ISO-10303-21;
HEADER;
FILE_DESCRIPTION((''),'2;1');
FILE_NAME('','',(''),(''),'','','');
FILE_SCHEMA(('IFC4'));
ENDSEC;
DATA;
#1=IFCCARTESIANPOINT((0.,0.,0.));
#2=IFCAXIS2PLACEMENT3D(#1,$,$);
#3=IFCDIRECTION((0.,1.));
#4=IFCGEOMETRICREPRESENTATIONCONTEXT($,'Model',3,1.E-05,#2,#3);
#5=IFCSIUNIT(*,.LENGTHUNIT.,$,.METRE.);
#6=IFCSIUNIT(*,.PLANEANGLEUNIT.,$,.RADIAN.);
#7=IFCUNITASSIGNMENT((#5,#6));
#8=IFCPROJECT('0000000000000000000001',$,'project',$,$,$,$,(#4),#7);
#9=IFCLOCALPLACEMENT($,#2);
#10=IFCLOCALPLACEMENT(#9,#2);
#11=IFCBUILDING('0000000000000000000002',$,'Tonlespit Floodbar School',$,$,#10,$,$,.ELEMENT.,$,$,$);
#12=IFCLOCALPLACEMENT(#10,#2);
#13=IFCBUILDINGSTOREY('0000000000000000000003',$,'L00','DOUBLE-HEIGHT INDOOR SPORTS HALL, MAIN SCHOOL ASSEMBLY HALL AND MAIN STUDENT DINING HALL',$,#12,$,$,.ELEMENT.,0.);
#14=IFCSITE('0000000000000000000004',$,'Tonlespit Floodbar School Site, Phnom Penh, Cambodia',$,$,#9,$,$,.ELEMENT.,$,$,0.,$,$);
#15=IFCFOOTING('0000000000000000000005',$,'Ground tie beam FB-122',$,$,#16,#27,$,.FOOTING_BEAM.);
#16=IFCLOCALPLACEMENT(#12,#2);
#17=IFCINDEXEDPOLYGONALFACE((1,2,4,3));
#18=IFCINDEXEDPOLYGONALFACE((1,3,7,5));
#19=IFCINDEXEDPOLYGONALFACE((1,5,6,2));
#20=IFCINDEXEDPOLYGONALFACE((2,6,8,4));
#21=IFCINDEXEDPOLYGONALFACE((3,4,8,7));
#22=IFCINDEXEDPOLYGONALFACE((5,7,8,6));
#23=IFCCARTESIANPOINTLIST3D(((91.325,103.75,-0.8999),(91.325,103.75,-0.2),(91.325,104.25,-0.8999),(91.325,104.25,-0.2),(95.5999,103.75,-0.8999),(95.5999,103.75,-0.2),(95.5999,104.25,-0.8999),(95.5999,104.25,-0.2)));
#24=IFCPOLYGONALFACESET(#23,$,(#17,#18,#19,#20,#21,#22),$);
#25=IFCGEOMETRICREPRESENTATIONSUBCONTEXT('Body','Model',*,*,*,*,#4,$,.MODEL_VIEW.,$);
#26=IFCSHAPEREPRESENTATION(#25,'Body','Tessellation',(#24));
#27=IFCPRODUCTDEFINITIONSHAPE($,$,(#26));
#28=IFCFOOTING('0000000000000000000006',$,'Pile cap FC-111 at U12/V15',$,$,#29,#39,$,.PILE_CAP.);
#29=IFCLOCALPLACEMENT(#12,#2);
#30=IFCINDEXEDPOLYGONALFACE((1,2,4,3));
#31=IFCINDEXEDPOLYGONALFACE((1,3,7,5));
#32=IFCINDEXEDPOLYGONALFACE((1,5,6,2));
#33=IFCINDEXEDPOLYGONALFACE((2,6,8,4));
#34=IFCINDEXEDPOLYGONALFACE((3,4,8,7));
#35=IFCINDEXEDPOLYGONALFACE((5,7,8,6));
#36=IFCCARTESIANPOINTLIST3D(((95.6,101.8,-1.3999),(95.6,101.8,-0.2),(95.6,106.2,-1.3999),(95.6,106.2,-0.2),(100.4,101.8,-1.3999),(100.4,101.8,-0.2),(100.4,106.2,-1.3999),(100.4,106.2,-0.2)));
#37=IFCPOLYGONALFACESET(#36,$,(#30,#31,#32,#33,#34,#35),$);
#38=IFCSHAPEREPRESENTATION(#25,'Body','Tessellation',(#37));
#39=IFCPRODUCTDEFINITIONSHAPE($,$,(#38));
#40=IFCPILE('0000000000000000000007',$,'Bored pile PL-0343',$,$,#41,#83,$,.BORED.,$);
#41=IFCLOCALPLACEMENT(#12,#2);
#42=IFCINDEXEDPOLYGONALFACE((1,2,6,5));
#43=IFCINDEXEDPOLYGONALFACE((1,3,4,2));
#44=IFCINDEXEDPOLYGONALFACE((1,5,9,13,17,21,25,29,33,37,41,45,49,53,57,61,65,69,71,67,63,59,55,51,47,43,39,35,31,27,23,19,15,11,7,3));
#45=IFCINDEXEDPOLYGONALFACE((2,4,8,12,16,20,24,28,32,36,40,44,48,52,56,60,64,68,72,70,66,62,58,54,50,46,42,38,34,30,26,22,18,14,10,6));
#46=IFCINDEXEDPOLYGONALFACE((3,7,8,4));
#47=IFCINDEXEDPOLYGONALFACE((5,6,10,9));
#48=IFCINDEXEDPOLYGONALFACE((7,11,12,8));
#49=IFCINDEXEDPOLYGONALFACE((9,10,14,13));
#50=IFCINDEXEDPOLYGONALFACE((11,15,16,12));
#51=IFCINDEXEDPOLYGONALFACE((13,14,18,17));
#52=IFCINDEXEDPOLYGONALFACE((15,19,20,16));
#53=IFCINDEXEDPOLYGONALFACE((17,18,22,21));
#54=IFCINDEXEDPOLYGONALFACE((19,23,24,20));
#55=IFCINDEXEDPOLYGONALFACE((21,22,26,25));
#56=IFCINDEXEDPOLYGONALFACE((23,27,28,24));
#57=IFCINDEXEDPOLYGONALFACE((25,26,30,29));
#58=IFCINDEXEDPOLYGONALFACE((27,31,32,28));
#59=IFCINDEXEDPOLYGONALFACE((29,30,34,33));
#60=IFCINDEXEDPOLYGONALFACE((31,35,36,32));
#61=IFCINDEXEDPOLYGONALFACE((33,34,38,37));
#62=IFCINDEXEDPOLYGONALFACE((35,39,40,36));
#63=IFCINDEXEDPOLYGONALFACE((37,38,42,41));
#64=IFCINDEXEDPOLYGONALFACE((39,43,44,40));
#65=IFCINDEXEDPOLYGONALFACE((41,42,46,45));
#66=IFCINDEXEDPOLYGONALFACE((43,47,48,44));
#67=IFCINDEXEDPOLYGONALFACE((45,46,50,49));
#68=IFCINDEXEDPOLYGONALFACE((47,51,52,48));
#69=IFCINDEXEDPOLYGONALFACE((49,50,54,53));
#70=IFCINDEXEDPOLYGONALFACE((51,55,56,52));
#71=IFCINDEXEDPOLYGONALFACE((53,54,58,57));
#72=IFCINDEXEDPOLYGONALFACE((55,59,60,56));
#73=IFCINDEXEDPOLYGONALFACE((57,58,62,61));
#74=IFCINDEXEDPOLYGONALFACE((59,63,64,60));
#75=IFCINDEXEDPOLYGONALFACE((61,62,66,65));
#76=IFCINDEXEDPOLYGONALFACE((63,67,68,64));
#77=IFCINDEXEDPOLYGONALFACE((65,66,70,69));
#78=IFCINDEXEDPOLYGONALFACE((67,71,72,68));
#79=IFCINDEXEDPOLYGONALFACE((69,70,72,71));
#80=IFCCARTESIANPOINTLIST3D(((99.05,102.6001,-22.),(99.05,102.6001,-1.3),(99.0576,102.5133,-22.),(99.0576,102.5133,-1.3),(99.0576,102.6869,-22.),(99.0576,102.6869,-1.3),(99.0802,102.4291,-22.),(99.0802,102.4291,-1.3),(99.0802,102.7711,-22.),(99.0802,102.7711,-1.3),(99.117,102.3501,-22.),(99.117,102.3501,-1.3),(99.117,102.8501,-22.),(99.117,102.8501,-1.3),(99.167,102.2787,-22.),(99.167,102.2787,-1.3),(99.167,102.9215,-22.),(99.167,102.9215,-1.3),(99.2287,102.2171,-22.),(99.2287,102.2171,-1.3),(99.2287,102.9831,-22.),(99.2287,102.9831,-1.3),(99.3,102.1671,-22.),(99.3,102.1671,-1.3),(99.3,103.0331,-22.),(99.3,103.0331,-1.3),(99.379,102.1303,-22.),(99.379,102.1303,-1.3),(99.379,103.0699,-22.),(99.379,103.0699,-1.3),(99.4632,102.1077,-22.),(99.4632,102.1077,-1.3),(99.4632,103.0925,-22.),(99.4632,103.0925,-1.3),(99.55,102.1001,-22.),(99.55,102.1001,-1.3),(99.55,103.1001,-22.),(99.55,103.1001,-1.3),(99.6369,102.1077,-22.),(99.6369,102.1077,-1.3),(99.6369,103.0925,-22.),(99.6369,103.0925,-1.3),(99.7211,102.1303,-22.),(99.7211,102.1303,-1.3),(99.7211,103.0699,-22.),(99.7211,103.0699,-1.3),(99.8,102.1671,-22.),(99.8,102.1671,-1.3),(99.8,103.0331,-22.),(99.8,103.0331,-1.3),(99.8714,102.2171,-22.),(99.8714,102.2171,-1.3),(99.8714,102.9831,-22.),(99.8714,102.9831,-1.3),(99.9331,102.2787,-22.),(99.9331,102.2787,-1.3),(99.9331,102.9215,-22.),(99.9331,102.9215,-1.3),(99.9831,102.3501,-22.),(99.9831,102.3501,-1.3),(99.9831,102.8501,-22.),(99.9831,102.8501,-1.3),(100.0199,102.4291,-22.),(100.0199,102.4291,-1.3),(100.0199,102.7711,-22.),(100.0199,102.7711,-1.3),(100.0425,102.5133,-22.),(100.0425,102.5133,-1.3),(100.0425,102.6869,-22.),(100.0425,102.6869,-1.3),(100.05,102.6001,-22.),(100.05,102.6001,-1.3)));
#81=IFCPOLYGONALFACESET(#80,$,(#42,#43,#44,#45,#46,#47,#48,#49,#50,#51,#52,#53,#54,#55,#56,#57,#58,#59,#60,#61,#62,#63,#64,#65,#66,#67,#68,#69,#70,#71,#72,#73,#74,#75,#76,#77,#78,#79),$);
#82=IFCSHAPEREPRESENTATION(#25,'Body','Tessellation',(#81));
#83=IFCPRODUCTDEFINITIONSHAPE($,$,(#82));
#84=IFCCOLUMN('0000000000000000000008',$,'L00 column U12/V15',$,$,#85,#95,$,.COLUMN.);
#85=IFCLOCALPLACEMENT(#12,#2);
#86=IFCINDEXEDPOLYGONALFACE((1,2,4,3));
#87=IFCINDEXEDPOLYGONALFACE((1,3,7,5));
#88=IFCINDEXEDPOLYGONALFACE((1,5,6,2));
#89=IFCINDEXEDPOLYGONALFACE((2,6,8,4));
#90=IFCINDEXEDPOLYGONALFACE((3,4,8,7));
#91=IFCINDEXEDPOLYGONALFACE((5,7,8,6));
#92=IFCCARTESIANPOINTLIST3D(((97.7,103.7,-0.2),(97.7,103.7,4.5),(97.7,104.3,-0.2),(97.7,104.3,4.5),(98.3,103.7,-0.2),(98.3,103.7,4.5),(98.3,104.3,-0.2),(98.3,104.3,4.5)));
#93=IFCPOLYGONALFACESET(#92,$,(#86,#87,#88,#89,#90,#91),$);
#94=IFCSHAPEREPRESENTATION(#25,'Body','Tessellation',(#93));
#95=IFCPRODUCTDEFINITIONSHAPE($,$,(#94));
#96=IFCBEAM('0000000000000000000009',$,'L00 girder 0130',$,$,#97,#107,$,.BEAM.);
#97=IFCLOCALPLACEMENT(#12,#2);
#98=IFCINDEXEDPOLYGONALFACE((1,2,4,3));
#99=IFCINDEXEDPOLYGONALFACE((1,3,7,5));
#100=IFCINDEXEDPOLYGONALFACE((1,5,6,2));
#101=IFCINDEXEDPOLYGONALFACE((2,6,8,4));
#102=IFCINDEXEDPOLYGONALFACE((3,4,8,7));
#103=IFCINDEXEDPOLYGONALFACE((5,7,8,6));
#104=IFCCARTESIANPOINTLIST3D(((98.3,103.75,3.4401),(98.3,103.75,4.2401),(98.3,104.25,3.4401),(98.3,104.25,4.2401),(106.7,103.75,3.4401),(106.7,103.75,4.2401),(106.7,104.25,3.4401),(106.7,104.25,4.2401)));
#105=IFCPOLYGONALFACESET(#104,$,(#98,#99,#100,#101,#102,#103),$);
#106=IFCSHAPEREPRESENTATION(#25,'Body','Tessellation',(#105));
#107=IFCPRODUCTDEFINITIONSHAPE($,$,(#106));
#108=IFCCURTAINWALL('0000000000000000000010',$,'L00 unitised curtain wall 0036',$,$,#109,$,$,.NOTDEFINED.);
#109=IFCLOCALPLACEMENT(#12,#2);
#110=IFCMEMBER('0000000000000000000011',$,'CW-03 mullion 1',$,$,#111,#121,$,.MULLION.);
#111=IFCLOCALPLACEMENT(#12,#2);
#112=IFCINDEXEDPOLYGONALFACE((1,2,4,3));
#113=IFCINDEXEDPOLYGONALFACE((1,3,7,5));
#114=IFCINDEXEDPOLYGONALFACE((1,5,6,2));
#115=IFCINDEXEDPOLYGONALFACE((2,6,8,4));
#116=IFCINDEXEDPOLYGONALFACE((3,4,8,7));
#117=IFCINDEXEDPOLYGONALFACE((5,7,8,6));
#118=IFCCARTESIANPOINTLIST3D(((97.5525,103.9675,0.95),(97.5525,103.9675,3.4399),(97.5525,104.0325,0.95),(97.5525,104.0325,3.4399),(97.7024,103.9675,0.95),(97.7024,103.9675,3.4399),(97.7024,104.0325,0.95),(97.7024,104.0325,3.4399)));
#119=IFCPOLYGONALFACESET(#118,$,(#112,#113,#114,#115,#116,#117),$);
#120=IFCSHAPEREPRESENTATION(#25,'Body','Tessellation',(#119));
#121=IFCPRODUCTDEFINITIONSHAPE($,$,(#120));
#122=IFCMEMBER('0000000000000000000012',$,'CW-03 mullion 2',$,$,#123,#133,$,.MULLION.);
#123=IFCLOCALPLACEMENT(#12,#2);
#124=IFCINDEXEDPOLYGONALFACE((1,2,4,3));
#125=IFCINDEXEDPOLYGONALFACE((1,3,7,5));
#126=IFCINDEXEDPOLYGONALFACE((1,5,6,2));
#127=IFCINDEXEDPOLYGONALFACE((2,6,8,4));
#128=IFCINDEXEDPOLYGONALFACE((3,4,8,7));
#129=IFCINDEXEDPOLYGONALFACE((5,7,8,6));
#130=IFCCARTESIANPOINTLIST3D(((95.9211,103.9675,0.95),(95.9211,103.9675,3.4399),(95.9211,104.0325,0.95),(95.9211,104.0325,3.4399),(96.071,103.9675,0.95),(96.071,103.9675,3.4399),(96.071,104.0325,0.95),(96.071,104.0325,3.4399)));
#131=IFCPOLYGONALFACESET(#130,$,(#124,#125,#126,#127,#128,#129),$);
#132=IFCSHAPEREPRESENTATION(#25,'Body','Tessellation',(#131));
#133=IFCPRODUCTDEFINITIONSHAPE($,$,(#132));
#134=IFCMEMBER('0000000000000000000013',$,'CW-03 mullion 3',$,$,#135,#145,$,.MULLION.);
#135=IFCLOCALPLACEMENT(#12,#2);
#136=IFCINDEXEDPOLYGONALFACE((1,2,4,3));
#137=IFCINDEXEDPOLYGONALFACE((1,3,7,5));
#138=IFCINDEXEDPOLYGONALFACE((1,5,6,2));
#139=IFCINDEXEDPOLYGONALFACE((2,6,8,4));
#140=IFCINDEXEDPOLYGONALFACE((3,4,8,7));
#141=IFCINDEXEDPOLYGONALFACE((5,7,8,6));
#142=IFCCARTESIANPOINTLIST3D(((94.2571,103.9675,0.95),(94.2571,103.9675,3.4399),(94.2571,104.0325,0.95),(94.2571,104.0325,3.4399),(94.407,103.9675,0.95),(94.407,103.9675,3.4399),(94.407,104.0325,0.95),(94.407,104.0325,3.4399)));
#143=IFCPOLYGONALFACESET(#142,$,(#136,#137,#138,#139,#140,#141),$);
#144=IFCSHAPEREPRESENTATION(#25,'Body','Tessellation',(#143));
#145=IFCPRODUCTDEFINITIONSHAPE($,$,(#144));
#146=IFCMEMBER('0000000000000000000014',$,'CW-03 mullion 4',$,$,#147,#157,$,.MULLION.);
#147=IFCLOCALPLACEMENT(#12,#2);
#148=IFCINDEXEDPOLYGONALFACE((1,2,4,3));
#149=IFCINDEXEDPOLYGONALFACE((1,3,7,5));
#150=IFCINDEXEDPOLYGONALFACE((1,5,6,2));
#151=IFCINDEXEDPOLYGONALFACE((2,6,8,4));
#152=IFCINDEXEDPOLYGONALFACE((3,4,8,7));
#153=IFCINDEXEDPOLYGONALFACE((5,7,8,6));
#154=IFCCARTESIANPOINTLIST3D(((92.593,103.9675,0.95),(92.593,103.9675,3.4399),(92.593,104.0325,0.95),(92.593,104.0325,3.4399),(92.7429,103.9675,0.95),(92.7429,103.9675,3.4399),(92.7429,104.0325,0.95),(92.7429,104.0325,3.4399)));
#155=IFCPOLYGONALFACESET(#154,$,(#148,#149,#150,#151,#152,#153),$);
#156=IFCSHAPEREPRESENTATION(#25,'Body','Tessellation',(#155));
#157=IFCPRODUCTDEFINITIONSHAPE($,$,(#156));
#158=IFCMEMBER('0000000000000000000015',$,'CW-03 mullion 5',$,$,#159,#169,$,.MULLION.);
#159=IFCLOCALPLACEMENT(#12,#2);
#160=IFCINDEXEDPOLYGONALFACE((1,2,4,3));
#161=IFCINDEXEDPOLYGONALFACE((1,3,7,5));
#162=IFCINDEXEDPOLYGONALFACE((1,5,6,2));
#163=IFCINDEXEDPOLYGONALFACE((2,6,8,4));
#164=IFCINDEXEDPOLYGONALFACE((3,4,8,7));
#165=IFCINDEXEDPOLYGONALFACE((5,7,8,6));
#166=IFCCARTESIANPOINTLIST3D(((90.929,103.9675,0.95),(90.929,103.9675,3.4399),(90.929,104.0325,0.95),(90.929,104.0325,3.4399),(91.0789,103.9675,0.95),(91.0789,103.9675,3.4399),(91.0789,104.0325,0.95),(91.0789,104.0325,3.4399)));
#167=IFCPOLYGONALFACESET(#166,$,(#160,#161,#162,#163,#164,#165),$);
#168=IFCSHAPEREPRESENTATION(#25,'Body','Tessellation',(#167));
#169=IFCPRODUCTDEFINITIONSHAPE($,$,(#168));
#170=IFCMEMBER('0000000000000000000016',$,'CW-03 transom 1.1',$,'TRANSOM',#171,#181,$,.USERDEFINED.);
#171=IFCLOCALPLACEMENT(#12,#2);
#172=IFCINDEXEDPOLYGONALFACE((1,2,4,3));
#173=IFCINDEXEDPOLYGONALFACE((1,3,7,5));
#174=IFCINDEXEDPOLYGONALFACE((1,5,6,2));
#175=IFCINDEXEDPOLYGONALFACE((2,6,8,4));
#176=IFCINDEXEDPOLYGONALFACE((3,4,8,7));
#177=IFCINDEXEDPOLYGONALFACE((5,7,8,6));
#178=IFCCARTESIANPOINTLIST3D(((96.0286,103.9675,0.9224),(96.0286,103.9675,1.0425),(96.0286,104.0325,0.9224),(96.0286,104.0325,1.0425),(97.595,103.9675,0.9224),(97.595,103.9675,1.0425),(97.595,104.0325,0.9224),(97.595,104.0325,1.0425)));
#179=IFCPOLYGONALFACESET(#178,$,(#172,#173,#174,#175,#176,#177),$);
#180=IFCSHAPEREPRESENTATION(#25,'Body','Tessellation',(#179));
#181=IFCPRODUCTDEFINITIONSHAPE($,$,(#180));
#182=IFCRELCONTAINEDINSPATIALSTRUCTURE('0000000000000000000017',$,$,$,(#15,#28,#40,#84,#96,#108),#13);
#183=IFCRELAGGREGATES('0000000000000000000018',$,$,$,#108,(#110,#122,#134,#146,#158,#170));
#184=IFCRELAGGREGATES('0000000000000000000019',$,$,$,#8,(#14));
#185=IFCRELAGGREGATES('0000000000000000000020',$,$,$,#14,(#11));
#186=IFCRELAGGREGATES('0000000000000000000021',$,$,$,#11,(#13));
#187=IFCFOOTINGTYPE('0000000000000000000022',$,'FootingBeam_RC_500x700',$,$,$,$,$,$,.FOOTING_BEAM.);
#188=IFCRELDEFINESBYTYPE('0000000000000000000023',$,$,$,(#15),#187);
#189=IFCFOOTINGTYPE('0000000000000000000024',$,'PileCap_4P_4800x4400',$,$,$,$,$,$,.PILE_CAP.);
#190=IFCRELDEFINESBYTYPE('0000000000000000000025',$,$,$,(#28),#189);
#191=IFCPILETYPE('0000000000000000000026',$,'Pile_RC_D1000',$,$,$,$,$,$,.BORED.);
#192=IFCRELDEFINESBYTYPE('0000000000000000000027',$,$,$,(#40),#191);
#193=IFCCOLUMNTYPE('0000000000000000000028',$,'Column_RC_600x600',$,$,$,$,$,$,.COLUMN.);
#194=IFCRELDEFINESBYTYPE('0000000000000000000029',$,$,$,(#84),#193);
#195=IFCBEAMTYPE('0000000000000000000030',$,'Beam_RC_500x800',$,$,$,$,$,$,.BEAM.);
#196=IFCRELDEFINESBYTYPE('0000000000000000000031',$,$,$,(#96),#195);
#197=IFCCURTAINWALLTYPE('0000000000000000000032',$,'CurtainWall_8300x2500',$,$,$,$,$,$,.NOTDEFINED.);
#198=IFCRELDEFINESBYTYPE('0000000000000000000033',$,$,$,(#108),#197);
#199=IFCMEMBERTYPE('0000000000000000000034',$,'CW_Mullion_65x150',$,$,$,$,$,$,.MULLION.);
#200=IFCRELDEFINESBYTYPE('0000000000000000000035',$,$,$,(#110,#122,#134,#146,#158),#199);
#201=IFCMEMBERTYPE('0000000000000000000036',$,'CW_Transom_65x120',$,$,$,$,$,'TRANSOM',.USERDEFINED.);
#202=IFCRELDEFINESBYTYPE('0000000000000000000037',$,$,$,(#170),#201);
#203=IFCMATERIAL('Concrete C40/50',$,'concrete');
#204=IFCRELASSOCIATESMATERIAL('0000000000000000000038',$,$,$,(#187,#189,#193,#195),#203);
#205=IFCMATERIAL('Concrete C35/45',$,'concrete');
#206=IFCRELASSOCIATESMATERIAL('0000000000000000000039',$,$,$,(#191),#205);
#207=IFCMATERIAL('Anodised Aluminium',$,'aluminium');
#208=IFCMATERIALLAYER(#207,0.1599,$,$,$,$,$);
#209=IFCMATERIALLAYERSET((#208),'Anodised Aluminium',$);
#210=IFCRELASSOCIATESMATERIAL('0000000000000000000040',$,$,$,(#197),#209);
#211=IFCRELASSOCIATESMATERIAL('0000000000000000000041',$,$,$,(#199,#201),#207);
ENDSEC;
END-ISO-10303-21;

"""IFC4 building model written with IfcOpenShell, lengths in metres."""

from ifc_helpers import new_model, si_unit, direction, frame, origin, origin_2d, place, context, subcontext, project, spatial, rectangle, circle, extrude, material, layer, layer_set, material_profile, profile_set, type_object, element, aggregate, save


model = new_model("IFC4")

# Units and contexts
model_context = context("Model", 3, precision=1e-05, world=origin(), true_north=direction((0.0, 1.0)))
body_context = subcontext(model_context, "Body", "Model", "MODEL_VIEW")
ifc_project = project(units=[si_unit("LENGTHUNIT", "METRE"), si_unit("PLANEANGLEUNIT", "RADIAN")], contexts=[model_context])

# Site, building, storey
site_placement = place(None, origin())
site = spatial("IfcSite", under=ifc_project, at=site_placement, Name="Tonlespit Floodbar School Site, Phnom Penh, Cambodia", CompositionType="ELEMENT", RefElevation=0.0)
building_placement = place(site_placement, origin())
building = spatial("IfcBuilding", under=site, at=building_placement, Name="Tonlespit Floodbar School", CompositionType="ELEMENT")
storey_placement = place(building_placement, origin())
storey = spatial("IfcBuildingStorey", under=building, at=storey_placement, Name="L00", Description="DOUBLE-HEIGHT INDOOR SPORTS HALL, MAIN SCHOOL ASSEMBLY HALL AND MAIN STUDENT DINING HALL", CompositionType="ELEMENT", Elevation=0.0)

# Footings
ifc_material_1 = material(Name="Concrete C40/50", Category="concrete")
footing_type_1 = type_object("IfcFootingType", Name="FootingBeam_RC_500x700", PredefinedType="FOOTING_BEAM", material=ifc_material_1)
footing_1_placement = place(storey_placement, frame((93.4624, 104.0, -0.8999), z_axis=(0.0, 0.0, 1.0), x_axis=(1.0, 0.0, 0.0)))
element("IfcFooting", 1, at=footing_1_placement, inside=storey, type_object=footing_type_1, Name="Ground tie beam FB-122", PredefinedType="FOOTING_BEAM", context=body_context, shape_type="SweptSolid", body=[
    extrude(rectangle(XDim=4.2749, YDim=0.5, at=origin_2d()), origin(), (0.0, 0.0, 1.0), 0.7),
])
footing_type_2 = type_object("IfcFootingType", Name="PileCap_4P_4800x4400", PredefinedType="PILE_CAP", material=ifc_material_1)
footing_2_placement = place(storey_placement, frame((98.0, 104.0, -1.3999), z_axis=(0.0, 0.0, 1.0), x_axis=(1.0, 0.0, 0.0)))
element("IfcFooting", 2, at=footing_2_placement, inside=storey, type_object=footing_type_2, Name="Pile cap FC-111 at U12/V15", PredefinedType="PILE_CAP", context=body_context, shape_type="SweptSolid", body=[
    extrude(rectangle(XDim=4.8, YDim=4.3999, at=origin_2d()), origin(), (0.0, 0.0, 1.0), 1.2),
])

# Pile
ifc_material_2 = material(Name="Concrete C35/45", Category="concrete")
ifc_material_profile_1 = material_profile(ifc_material_2, circle(Radius=0.5, at=origin_2d()), Name="BP D1000")
ifc_profile_set_1 = profile_set([ifc_material_profile_1], Name="Concrete C35/45")
pile_type = type_object("IfcPileType", Name="Pile_RC_D1000", PredefinedType="BORED", material=ifc_profile_set_1)
pile_placement = place(storey_placement, frame((99.55, 102.6001, -1.3), z_axis=(0.0, 0.0, -1.0), x_axis=(1.0, 0.0, 0.0)))
element("IfcPile", 3, at=pile_placement, inside=storey, type_object=pile_type, Name="Bored pile PL-0343", PredefinedType="BORED", context=body_context, shape_type="SweptSolid", body=[
    extrude(circle(Radius=0.5, at=origin_2d()), origin(), (0.0, 0.0, 1.0), 20.7),
])

# Column
ifc_material_profile_2 = material_profile(ifc_material_1, rectangle(XDim=0.6001, YDim=0.6001, at=origin_2d()), Name="RC 600x600")
ifc_profile_set_2 = profile_set([ifc_material_profile_2], Name="Concrete C40/50")
column_type = type_object("IfcColumnType", Name="Column_RC_600x600", PredefinedType="COLUMN", material=ifc_profile_set_2)
column_placement = place(storey_placement, frame((98.0, 104.0, -0.2), z_axis=(0.0, 0.0, 1.0), x_axis=(1.0, 0.0, 0.0)))
element("IfcColumn", 4, at=column_placement, inside=storey, type_object=column_type, Name="L00 column U12/V15", PredefinedType="COLUMN", context=body_context, shape_type="SweptSolid", body=[
    extrude(rectangle(XDim=0.6001, YDim=0.6001, at=origin_2d()), origin(), (0.0, 0.0, 1.0), 4.7),
])

# Beam
ifc_material_profile_3 = material_profile(ifc_material_1, rectangle(XDim=0.5, YDim=0.8, at=origin_2d()), Name="RC 500x800")
ifc_profile_set_3 = profile_set([ifc_material_profile_3], Name="Concrete C40/50")
beam_type = type_object("IfcBeamType", Name="Beam_RC_500x800", PredefinedType="BEAM", material=ifc_profile_set_3)
beam_placement = place(storey_placement, frame((98.3, 104.0, 3.8401), z_axis=(1.0, 0.0, 0.0), x_axis=(0.0, 1.0, 0.0)))
element("IfcBeam", 5, at=beam_placement, inside=storey, type_object=beam_type, Name="L00 girder 0130", PredefinedType="BEAM", context=body_context, shape_type="SweptSolid", body=[
    extrude(rectangle(XDim=0.5, YDim=0.8, at=origin_2d()), origin(), (0.0, 0.0, 1.0), 8.3999),
])

# Curtain wall, members
ifc_material_3 = material(Name="Anodised Aluminium", Category="aluminium")
ifc_layer_1 = layer(ifc_material_3, 0.1599)
ifc_layer_set_1 = layer_set([ifc_layer_1], Name="Anodised Aluminium")
curtain_wall_type = type_object("IfcCurtainWallType", Name="CurtainWall_8300x2500", PredefinedType="NOTDEFINED", material=ifc_layer_set_1)
curtain_wall_placement = place(storey_placement, origin())
curtain_wall = element("IfcCurtainWall", 6, at=curtain_wall_placement, inside=storey, type_object=curtain_wall_type, Name="L00 unitised curtain wall 0036", PredefinedType="NOTDEFINED")
ifc_material_profile_4 = material_profile(ifc_material_3, rectangle(XDim=0.0649, YDim=0.1499, at=origin_2d()), Name="ALU M65x150")
ifc_profile_set_4 = profile_set([ifc_material_profile_4], Name="Anodised Aluminium")
member_type_1 = type_object("IfcMemberType", Name="CW_Mullion_65x150", PredefinedType="MULLION", material=ifc_profile_set_4)
member_1_placement = place(storey_placement, frame((97.6274, 104.0, 0.95), z_axis=(0.0, 0.0, 1.0), x_axis=(0.0, -1.0, 0.0)))
member_1 = element("IfcMember", 7, at=member_1_placement, type_object=member_type_1, Name="CW-03 mullion 1", PredefinedType="MULLION", context=body_context, shape_type="SweptSolid", body=[
    extrude(rectangle(XDim=0.0649, YDim=0.1499, at=origin_2d()), origin(), (0.0, 0.0, 1.0), 2.49),
])
member_2_placement = place(storey_placement, frame((95.9961, 104.0, 0.95), z_axis=(0.0, 0.0, 1.0), x_axis=(0.0, -1.0, 0.0)))
member_2 = element("IfcMember", 8, at=member_2_placement, type_object=member_type_1, Name="CW-03 mullion 2", PredefinedType="MULLION", context=body_context, shape_type="SweptSolid", body=[
    extrude(rectangle(XDim=0.0649, YDim=0.1499, at=origin_2d()), origin(), (0.0, 0.0, 1.0), 2.49),
])
member_3_placement = place(storey_placement, frame((94.332, 104.0, 0.95), z_axis=(0.0, 0.0, 1.0), x_axis=(0.0, -1.0, 0.0)))
member_3 = element("IfcMember", 9, at=member_3_placement, type_object=member_type_1, Name="CW-03 mullion 3", PredefinedType="MULLION", context=body_context, shape_type="SweptSolid", body=[
    extrude(rectangle(XDim=0.0649, YDim=0.1499, at=origin_2d()), origin(), (0.0, 0.0, 1.0), 2.49),
])
member_4_placement = place(storey_placement, frame((92.668, 104.0, 0.95), z_axis=(0.0, 0.0, 1.0), x_axis=(0.0, -1.0, 0.0)))
member_4 = element("IfcMember", 10, at=member_4_placement, type_object=member_type_1, Name="CW-03 mullion 4", PredefinedType="MULLION", context=body_context, shape_type="SweptSolid", body=[
    extrude(rectangle(XDim=0.0649, YDim=0.1499, at=origin_2d()), origin(), (0.0, 0.0, 1.0), 2.49),
])
member_5_placement = place(storey_placement, frame((91.0039, 104.0, 0.95), z_axis=(0.0, 0.0, 1.0), x_axis=(0.0, -1.0, 0.0)))
member_5 = element("IfcMember", 11, at=member_5_placement, type_object=member_type_1, Name="CW-03 mullion 5", PredefinedType="MULLION", context=body_context, shape_type="SweptSolid", body=[
    extrude(rectangle(XDim=0.0649, YDim=0.1499, at=origin_2d()), origin(), (0.0, 0.0, 1.0), 2.49),
])
ifc_material_profile_5 = material_profile(ifc_material_3, rectangle(XDim=0.0649, YDim=0.1201, at=origin_2d()), Name="ALU T65x120")
ifc_profile_set_5 = profile_set([ifc_material_profile_5], Name="Anodised Aluminium")
member_type_2 = type_object("IfcMemberType", Name="CW_Transom_65x120", ElementType="TRANSOM", PredefinedType="USERDEFINED", material=ifc_profile_set_5)
member_6_placement = place(storey_placement, frame((97.595, 104.0, 0.9824), z_axis=(-1.0, 0.0, 0.0), x_axis=(0.0, -1.0, 0.0)))
member_6 = element("IfcMember", 12, at=member_6_placement, type_object=member_type_2, Name="CW-03 transom 1.1", ObjectType="TRANSOM", PredefinedType="USERDEFINED", context=body_context, shape_type="SweptSolid", body=[
    extrude(rectangle(XDim=0.0649, YDim=0.1201, at=origin_2d()), origin(), (0.0, 0.0, 1.0), 1.5664),
])
aggregate(curtain_wall, [member_1, member_2, member_3, member_4, member_5, member_6])

save(model, "model.ifc")
